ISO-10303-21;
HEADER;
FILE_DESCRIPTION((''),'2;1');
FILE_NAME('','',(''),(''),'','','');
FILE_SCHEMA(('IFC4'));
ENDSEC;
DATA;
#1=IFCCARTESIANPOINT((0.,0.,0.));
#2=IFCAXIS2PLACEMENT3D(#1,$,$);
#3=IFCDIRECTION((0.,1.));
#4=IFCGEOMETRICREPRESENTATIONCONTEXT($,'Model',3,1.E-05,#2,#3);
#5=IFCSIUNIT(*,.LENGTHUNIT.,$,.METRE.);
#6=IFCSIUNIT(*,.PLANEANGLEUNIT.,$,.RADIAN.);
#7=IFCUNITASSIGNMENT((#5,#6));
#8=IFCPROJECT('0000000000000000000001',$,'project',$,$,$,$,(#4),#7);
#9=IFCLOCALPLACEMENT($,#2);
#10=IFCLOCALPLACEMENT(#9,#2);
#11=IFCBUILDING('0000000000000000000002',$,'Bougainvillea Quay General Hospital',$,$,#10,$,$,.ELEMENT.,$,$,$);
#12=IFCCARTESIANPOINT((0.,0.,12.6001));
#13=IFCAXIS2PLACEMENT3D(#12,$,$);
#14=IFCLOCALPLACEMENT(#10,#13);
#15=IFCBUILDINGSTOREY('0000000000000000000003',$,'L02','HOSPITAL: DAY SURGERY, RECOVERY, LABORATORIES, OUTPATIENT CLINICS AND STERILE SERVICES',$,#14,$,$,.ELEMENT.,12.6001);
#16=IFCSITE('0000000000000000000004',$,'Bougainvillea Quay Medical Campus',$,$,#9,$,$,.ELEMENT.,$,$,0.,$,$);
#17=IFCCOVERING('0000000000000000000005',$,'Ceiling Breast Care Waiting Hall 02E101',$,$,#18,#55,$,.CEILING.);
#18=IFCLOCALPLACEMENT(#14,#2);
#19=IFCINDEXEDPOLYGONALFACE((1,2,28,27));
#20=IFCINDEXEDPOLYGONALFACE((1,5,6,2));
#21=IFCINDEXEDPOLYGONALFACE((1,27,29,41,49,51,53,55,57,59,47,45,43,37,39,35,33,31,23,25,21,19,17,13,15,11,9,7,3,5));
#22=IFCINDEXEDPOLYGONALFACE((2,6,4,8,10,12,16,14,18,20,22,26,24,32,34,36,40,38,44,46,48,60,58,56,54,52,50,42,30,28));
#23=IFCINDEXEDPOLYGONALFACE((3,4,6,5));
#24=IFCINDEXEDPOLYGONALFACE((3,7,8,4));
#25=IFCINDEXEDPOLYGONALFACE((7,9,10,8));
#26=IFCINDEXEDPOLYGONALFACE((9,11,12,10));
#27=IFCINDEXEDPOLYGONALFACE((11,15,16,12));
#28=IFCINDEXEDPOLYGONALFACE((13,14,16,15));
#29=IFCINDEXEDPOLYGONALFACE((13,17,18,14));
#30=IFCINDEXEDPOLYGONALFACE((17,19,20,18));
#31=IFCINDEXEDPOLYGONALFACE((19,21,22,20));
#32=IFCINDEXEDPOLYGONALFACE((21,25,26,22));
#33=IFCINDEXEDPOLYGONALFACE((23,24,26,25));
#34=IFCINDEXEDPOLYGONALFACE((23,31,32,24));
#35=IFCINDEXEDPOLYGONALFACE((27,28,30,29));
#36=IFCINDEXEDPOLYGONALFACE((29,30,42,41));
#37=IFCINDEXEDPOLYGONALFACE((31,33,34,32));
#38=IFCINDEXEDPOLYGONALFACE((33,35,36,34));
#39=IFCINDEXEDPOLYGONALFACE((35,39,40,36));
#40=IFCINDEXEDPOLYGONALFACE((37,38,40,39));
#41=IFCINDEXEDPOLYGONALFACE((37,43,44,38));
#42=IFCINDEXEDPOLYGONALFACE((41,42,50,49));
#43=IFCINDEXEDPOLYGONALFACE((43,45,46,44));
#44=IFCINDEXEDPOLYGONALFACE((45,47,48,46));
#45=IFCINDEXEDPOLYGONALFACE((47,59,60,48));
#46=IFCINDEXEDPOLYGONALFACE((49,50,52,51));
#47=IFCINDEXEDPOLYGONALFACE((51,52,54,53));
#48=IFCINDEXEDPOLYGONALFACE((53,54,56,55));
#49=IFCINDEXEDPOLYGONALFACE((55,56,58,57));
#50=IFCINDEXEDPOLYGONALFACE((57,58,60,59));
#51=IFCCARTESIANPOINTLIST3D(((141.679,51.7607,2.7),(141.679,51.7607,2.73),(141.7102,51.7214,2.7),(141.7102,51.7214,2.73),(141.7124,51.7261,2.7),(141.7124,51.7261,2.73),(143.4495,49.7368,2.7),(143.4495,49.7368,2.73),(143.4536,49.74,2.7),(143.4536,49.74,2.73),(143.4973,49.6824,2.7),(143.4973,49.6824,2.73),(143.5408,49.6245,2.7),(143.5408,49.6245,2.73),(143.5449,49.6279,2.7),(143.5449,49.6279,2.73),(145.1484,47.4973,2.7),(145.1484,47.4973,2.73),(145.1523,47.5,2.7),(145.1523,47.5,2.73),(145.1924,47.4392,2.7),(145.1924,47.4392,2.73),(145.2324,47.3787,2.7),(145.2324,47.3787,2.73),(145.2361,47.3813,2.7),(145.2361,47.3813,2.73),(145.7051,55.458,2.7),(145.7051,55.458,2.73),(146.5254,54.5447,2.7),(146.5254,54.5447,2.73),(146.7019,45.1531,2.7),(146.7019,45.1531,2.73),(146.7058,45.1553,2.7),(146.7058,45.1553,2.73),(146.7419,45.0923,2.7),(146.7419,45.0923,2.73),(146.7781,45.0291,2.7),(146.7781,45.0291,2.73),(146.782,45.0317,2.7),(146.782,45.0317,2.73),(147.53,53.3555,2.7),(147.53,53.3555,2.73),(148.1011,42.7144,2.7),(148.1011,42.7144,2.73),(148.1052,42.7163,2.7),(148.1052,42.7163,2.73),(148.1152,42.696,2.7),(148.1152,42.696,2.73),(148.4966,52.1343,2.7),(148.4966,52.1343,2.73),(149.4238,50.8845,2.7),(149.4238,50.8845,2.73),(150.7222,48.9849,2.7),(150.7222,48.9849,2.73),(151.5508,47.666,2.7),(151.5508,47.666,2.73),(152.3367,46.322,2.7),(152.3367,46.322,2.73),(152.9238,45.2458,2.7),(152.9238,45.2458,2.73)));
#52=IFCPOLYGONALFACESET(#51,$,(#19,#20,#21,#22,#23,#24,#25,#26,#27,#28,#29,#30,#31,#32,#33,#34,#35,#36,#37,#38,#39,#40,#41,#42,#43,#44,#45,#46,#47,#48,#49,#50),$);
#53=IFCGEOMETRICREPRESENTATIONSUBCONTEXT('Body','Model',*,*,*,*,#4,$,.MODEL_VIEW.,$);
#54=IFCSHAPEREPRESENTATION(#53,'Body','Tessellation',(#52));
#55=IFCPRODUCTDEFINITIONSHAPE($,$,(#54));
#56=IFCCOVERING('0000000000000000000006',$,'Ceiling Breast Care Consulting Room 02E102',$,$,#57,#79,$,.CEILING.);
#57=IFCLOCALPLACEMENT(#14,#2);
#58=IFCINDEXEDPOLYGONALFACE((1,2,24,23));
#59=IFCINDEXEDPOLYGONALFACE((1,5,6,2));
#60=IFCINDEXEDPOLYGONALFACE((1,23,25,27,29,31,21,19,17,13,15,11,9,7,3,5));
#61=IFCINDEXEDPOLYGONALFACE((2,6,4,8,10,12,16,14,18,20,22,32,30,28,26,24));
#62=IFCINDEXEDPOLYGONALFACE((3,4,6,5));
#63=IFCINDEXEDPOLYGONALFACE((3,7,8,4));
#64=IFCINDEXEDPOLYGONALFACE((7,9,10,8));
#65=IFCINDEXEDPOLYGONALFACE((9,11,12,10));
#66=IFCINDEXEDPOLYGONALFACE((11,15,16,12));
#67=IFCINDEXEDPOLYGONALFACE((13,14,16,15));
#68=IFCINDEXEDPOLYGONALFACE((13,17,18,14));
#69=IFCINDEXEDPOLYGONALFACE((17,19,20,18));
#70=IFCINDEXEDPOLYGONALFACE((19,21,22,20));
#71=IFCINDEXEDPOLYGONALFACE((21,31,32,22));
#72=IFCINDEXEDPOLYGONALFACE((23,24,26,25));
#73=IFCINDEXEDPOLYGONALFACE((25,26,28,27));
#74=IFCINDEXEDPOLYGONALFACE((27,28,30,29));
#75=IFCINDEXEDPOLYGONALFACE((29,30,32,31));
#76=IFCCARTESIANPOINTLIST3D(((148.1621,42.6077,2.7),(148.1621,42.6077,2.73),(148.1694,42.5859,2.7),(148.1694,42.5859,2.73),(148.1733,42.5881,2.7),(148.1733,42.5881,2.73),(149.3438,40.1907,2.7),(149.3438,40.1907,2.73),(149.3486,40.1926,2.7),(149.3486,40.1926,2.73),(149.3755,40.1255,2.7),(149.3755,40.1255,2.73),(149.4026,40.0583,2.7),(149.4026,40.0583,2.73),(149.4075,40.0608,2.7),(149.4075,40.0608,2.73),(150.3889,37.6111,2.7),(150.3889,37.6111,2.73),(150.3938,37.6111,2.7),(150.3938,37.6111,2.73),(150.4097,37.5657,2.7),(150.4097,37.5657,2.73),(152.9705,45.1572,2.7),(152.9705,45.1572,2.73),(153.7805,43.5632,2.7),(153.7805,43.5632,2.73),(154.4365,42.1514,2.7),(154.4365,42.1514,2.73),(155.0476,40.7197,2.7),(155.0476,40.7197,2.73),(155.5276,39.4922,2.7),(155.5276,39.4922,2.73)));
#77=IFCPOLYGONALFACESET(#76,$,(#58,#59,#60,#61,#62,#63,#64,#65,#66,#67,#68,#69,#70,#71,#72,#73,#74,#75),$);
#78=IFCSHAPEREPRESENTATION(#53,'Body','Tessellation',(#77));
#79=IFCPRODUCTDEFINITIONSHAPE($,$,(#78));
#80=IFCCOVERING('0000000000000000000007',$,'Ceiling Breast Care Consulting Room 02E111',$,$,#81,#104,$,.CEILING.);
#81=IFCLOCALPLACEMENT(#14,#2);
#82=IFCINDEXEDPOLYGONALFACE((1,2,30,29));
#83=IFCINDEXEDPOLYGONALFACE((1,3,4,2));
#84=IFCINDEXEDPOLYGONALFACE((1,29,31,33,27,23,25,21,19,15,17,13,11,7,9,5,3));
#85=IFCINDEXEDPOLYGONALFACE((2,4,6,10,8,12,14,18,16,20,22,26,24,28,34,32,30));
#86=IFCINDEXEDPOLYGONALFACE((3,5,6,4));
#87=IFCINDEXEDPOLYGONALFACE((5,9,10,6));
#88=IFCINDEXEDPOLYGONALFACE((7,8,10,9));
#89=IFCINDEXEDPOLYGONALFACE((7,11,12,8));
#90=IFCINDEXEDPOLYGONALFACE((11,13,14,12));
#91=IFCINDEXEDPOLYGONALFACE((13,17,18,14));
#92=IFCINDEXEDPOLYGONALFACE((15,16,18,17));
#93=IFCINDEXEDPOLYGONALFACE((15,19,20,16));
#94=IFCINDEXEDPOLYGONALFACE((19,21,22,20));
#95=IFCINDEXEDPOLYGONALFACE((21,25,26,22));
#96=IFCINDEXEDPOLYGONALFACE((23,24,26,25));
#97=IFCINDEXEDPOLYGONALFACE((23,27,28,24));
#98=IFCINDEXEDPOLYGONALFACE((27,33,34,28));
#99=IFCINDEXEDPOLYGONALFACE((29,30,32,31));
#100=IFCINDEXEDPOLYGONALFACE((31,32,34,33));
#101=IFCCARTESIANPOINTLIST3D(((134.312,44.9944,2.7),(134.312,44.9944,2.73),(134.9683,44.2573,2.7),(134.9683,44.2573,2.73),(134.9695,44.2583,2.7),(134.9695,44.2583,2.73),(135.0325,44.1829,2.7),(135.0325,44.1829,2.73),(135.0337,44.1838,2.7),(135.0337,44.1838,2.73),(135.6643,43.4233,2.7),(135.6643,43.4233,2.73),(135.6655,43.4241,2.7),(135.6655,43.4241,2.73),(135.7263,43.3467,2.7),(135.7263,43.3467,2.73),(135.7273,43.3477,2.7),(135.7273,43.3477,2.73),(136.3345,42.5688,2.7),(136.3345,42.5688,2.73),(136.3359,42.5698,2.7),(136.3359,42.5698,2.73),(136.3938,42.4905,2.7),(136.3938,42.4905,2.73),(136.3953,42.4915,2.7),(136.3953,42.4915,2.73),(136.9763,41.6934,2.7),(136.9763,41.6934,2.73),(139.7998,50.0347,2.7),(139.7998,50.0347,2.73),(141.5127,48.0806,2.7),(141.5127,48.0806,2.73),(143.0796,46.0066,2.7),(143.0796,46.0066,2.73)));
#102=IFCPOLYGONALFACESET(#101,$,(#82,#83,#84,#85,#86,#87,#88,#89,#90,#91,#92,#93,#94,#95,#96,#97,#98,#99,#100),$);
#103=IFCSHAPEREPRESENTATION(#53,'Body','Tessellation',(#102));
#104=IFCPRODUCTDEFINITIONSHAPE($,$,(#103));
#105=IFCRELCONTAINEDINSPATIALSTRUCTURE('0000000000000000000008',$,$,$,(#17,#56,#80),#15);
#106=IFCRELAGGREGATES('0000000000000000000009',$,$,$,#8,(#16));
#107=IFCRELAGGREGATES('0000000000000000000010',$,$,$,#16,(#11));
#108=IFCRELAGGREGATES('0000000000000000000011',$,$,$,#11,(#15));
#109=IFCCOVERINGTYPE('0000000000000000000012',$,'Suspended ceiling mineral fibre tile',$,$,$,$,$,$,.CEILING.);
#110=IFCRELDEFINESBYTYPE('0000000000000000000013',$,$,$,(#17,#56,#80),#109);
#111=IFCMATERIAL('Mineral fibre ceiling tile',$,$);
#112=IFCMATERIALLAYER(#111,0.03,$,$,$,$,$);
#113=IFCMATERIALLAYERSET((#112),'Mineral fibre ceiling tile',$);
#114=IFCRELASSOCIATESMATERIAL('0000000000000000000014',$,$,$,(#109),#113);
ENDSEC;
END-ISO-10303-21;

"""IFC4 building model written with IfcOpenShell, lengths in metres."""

from ifc_helpers import new_model, si_unit, direction, frame, origin, place, context, subcontext, project, spatial, polyline, outline, extrude, material, layer, layer_set, type_object, element, save


model = new_model("IFC4")

# Units and contexts
model_context = context("Model", 3, precision=1e-05, world=origin(), true_north=direction((0.0, 1.0)))
body_context = subcontext(model_context, "Body", "Model", "MODEL_VIEW")
ifc_project = project(units=[si_unit("LENGTHUNIT", "METRE"), si_unit("PLANEANGLEUNIT", "RADIAN")], contexts=[model_context])

# Site, building, storey
site_placement = place(None, origin())
site = spatial("IfcSite", under=ifc_project, at=site_placement, Name="Bougainvillea Quay Medical Campus", CompositionType="ELEMENT", RefElevation=0.0)
building_placement = place(site_placement, origin())
building = spatial("IfcBuilding", under=site, at=building_placement, Name="Bougainvillea Quay General Hospital", CompositionType="ELEMENT")
storey_placement = place(building_placement, frame((0.0, 0.0, 12.6001)))
storey = spatial("IfcBuildingStorey", under=building, at=storey_placement, Name="L02", Description="HOSPITAL: DAY SURGERY, RECOVERY, LABORATORIES, OUTPATIENT CLINICS AND STERILE SERVICES", CompositionType="ELEMENT", Elevation=12.6001)

# Coverings
ifc_material = material(Name="Mineral fibre ceiling tile")
ifc_layer = layer(ifc_material, 0.03)
ifc_layer_set = layer_set([ifc_layer], Name="Mineral fibre ceiling tile")
covering_type = type_object("IfcCoveringType", Name="Suspended ceiling mineral fibre tile", PredefinedType="CEILING", material=ifc_layer_set)
covering_1_placement = place(storey_placement, frame((0.0, 0.0, 2.7)))
element("IfcCovering", 1, at=covering_1_placement, inside=storey, type_object=covering_type, Name="Ceiling Breast Care Waiting Hall 02E101", PredefinedType="CEILING", context=body_context, shape_type="SweptSolid", body=[
    extrude(outline(polyline([(141.679, 51.7607), (141.7124, 51.7261), (141.7102, 51.7214), (143.4495, 49.7368), (143.4536, 49.74), (143.4973, 49.6824), (143.5449, 49.6279), (143.5408, 49.6245), (145.1484, 47.4973), (145.1523, 47.5), (145.1924, 47.4392), (145.2361, 47.3813), (145.2324, 47.3787), (146.7019, 45.1531), (146.7058, 45.1553), (146.7419, 45.0923), (146.782, 45.0317), (146.7781, 45.0291), (148.1011, 42.7144), (148.1052, 42.7163), (148.1152, 42.696), (152.9238, 45.2458), (152.3367, 46.322), (151.5508, 47.666), (150.7222, 48.9849), (149.4238, 50.8845), (148.4966, 52.1343), (147.53, 53.3555), (146.5254, 54.5447), (145.7051, 55.458), (141.679, 51.7607)])), origin(), (0.0, 0.0, 1.0), 0.03),
])
covering_2_placement = place(storey_placement, frame((0.0, 0.0, 2.7)))
element("IfcCovering", 2, at=covering_2_placement, inside=storey, type_object=covering_type, Name="Ceiling Breast Care Consulting Room 02E102", PredefinedType="CEILING", context=body_context, shape_type="SweptSolid", body=[
    extrude(outline(polyline([(149.3438, 40.1907), (149.3486, 40.1926), (149.3755, 40.1255), (149.4075, 40.0608), (149.4026, 40.0583), (150.3889, 37.6111), (150.3938, 37.6111), (150.4097, 37.5657), (155.5276, 39.4922), (155.0476, 40.7197), (154.4365, 42.1514), (153.7805, 43.5632), (152.9705, 45.1572), (148.1621, 42.6077), (148.1733, 42.5881), (148.1694, 42.5859), (149.3438, 40.1907)])), origin(), (0.0, 0.0, 1.0), 0.03),
])
covering_3_placement = place(storey_placement, frame((0.0, 0.0, 2.7)))
element("IfcCovering", 3, at=covering_3_placement, inside=storey, type_object=covering_type, Name="Ceiling Breast Care Consulting Room 02E111", PredefinedType="CEILING", context=body_context, shape_type="SweptSolid", body=[
    extrude(outline(polyline([(135.0337, 44.1838), (135.0325, 44.1829), (135.6643, 43.4233), (135.6655, 43.4241), (135.7273, 43.3477), (135.7263, 43.3467), (136.3345, 42.5688), (136.3359, 42.5698), (136.3953, 42.4915), (136.3938, 42.4905), (136.9763, 41.6934), (143.0796, 46.0066), (141.5127, 48.0806), (139.7998, 50.0347), (134.312, 44.9944), (134.9683, 44.2573), (134.9695, 44.2583), (135.0337, 44.1838)])), origin(), (0.0, 0.0, 1.0), 0.03),
])

save(model, "model.ifc")
